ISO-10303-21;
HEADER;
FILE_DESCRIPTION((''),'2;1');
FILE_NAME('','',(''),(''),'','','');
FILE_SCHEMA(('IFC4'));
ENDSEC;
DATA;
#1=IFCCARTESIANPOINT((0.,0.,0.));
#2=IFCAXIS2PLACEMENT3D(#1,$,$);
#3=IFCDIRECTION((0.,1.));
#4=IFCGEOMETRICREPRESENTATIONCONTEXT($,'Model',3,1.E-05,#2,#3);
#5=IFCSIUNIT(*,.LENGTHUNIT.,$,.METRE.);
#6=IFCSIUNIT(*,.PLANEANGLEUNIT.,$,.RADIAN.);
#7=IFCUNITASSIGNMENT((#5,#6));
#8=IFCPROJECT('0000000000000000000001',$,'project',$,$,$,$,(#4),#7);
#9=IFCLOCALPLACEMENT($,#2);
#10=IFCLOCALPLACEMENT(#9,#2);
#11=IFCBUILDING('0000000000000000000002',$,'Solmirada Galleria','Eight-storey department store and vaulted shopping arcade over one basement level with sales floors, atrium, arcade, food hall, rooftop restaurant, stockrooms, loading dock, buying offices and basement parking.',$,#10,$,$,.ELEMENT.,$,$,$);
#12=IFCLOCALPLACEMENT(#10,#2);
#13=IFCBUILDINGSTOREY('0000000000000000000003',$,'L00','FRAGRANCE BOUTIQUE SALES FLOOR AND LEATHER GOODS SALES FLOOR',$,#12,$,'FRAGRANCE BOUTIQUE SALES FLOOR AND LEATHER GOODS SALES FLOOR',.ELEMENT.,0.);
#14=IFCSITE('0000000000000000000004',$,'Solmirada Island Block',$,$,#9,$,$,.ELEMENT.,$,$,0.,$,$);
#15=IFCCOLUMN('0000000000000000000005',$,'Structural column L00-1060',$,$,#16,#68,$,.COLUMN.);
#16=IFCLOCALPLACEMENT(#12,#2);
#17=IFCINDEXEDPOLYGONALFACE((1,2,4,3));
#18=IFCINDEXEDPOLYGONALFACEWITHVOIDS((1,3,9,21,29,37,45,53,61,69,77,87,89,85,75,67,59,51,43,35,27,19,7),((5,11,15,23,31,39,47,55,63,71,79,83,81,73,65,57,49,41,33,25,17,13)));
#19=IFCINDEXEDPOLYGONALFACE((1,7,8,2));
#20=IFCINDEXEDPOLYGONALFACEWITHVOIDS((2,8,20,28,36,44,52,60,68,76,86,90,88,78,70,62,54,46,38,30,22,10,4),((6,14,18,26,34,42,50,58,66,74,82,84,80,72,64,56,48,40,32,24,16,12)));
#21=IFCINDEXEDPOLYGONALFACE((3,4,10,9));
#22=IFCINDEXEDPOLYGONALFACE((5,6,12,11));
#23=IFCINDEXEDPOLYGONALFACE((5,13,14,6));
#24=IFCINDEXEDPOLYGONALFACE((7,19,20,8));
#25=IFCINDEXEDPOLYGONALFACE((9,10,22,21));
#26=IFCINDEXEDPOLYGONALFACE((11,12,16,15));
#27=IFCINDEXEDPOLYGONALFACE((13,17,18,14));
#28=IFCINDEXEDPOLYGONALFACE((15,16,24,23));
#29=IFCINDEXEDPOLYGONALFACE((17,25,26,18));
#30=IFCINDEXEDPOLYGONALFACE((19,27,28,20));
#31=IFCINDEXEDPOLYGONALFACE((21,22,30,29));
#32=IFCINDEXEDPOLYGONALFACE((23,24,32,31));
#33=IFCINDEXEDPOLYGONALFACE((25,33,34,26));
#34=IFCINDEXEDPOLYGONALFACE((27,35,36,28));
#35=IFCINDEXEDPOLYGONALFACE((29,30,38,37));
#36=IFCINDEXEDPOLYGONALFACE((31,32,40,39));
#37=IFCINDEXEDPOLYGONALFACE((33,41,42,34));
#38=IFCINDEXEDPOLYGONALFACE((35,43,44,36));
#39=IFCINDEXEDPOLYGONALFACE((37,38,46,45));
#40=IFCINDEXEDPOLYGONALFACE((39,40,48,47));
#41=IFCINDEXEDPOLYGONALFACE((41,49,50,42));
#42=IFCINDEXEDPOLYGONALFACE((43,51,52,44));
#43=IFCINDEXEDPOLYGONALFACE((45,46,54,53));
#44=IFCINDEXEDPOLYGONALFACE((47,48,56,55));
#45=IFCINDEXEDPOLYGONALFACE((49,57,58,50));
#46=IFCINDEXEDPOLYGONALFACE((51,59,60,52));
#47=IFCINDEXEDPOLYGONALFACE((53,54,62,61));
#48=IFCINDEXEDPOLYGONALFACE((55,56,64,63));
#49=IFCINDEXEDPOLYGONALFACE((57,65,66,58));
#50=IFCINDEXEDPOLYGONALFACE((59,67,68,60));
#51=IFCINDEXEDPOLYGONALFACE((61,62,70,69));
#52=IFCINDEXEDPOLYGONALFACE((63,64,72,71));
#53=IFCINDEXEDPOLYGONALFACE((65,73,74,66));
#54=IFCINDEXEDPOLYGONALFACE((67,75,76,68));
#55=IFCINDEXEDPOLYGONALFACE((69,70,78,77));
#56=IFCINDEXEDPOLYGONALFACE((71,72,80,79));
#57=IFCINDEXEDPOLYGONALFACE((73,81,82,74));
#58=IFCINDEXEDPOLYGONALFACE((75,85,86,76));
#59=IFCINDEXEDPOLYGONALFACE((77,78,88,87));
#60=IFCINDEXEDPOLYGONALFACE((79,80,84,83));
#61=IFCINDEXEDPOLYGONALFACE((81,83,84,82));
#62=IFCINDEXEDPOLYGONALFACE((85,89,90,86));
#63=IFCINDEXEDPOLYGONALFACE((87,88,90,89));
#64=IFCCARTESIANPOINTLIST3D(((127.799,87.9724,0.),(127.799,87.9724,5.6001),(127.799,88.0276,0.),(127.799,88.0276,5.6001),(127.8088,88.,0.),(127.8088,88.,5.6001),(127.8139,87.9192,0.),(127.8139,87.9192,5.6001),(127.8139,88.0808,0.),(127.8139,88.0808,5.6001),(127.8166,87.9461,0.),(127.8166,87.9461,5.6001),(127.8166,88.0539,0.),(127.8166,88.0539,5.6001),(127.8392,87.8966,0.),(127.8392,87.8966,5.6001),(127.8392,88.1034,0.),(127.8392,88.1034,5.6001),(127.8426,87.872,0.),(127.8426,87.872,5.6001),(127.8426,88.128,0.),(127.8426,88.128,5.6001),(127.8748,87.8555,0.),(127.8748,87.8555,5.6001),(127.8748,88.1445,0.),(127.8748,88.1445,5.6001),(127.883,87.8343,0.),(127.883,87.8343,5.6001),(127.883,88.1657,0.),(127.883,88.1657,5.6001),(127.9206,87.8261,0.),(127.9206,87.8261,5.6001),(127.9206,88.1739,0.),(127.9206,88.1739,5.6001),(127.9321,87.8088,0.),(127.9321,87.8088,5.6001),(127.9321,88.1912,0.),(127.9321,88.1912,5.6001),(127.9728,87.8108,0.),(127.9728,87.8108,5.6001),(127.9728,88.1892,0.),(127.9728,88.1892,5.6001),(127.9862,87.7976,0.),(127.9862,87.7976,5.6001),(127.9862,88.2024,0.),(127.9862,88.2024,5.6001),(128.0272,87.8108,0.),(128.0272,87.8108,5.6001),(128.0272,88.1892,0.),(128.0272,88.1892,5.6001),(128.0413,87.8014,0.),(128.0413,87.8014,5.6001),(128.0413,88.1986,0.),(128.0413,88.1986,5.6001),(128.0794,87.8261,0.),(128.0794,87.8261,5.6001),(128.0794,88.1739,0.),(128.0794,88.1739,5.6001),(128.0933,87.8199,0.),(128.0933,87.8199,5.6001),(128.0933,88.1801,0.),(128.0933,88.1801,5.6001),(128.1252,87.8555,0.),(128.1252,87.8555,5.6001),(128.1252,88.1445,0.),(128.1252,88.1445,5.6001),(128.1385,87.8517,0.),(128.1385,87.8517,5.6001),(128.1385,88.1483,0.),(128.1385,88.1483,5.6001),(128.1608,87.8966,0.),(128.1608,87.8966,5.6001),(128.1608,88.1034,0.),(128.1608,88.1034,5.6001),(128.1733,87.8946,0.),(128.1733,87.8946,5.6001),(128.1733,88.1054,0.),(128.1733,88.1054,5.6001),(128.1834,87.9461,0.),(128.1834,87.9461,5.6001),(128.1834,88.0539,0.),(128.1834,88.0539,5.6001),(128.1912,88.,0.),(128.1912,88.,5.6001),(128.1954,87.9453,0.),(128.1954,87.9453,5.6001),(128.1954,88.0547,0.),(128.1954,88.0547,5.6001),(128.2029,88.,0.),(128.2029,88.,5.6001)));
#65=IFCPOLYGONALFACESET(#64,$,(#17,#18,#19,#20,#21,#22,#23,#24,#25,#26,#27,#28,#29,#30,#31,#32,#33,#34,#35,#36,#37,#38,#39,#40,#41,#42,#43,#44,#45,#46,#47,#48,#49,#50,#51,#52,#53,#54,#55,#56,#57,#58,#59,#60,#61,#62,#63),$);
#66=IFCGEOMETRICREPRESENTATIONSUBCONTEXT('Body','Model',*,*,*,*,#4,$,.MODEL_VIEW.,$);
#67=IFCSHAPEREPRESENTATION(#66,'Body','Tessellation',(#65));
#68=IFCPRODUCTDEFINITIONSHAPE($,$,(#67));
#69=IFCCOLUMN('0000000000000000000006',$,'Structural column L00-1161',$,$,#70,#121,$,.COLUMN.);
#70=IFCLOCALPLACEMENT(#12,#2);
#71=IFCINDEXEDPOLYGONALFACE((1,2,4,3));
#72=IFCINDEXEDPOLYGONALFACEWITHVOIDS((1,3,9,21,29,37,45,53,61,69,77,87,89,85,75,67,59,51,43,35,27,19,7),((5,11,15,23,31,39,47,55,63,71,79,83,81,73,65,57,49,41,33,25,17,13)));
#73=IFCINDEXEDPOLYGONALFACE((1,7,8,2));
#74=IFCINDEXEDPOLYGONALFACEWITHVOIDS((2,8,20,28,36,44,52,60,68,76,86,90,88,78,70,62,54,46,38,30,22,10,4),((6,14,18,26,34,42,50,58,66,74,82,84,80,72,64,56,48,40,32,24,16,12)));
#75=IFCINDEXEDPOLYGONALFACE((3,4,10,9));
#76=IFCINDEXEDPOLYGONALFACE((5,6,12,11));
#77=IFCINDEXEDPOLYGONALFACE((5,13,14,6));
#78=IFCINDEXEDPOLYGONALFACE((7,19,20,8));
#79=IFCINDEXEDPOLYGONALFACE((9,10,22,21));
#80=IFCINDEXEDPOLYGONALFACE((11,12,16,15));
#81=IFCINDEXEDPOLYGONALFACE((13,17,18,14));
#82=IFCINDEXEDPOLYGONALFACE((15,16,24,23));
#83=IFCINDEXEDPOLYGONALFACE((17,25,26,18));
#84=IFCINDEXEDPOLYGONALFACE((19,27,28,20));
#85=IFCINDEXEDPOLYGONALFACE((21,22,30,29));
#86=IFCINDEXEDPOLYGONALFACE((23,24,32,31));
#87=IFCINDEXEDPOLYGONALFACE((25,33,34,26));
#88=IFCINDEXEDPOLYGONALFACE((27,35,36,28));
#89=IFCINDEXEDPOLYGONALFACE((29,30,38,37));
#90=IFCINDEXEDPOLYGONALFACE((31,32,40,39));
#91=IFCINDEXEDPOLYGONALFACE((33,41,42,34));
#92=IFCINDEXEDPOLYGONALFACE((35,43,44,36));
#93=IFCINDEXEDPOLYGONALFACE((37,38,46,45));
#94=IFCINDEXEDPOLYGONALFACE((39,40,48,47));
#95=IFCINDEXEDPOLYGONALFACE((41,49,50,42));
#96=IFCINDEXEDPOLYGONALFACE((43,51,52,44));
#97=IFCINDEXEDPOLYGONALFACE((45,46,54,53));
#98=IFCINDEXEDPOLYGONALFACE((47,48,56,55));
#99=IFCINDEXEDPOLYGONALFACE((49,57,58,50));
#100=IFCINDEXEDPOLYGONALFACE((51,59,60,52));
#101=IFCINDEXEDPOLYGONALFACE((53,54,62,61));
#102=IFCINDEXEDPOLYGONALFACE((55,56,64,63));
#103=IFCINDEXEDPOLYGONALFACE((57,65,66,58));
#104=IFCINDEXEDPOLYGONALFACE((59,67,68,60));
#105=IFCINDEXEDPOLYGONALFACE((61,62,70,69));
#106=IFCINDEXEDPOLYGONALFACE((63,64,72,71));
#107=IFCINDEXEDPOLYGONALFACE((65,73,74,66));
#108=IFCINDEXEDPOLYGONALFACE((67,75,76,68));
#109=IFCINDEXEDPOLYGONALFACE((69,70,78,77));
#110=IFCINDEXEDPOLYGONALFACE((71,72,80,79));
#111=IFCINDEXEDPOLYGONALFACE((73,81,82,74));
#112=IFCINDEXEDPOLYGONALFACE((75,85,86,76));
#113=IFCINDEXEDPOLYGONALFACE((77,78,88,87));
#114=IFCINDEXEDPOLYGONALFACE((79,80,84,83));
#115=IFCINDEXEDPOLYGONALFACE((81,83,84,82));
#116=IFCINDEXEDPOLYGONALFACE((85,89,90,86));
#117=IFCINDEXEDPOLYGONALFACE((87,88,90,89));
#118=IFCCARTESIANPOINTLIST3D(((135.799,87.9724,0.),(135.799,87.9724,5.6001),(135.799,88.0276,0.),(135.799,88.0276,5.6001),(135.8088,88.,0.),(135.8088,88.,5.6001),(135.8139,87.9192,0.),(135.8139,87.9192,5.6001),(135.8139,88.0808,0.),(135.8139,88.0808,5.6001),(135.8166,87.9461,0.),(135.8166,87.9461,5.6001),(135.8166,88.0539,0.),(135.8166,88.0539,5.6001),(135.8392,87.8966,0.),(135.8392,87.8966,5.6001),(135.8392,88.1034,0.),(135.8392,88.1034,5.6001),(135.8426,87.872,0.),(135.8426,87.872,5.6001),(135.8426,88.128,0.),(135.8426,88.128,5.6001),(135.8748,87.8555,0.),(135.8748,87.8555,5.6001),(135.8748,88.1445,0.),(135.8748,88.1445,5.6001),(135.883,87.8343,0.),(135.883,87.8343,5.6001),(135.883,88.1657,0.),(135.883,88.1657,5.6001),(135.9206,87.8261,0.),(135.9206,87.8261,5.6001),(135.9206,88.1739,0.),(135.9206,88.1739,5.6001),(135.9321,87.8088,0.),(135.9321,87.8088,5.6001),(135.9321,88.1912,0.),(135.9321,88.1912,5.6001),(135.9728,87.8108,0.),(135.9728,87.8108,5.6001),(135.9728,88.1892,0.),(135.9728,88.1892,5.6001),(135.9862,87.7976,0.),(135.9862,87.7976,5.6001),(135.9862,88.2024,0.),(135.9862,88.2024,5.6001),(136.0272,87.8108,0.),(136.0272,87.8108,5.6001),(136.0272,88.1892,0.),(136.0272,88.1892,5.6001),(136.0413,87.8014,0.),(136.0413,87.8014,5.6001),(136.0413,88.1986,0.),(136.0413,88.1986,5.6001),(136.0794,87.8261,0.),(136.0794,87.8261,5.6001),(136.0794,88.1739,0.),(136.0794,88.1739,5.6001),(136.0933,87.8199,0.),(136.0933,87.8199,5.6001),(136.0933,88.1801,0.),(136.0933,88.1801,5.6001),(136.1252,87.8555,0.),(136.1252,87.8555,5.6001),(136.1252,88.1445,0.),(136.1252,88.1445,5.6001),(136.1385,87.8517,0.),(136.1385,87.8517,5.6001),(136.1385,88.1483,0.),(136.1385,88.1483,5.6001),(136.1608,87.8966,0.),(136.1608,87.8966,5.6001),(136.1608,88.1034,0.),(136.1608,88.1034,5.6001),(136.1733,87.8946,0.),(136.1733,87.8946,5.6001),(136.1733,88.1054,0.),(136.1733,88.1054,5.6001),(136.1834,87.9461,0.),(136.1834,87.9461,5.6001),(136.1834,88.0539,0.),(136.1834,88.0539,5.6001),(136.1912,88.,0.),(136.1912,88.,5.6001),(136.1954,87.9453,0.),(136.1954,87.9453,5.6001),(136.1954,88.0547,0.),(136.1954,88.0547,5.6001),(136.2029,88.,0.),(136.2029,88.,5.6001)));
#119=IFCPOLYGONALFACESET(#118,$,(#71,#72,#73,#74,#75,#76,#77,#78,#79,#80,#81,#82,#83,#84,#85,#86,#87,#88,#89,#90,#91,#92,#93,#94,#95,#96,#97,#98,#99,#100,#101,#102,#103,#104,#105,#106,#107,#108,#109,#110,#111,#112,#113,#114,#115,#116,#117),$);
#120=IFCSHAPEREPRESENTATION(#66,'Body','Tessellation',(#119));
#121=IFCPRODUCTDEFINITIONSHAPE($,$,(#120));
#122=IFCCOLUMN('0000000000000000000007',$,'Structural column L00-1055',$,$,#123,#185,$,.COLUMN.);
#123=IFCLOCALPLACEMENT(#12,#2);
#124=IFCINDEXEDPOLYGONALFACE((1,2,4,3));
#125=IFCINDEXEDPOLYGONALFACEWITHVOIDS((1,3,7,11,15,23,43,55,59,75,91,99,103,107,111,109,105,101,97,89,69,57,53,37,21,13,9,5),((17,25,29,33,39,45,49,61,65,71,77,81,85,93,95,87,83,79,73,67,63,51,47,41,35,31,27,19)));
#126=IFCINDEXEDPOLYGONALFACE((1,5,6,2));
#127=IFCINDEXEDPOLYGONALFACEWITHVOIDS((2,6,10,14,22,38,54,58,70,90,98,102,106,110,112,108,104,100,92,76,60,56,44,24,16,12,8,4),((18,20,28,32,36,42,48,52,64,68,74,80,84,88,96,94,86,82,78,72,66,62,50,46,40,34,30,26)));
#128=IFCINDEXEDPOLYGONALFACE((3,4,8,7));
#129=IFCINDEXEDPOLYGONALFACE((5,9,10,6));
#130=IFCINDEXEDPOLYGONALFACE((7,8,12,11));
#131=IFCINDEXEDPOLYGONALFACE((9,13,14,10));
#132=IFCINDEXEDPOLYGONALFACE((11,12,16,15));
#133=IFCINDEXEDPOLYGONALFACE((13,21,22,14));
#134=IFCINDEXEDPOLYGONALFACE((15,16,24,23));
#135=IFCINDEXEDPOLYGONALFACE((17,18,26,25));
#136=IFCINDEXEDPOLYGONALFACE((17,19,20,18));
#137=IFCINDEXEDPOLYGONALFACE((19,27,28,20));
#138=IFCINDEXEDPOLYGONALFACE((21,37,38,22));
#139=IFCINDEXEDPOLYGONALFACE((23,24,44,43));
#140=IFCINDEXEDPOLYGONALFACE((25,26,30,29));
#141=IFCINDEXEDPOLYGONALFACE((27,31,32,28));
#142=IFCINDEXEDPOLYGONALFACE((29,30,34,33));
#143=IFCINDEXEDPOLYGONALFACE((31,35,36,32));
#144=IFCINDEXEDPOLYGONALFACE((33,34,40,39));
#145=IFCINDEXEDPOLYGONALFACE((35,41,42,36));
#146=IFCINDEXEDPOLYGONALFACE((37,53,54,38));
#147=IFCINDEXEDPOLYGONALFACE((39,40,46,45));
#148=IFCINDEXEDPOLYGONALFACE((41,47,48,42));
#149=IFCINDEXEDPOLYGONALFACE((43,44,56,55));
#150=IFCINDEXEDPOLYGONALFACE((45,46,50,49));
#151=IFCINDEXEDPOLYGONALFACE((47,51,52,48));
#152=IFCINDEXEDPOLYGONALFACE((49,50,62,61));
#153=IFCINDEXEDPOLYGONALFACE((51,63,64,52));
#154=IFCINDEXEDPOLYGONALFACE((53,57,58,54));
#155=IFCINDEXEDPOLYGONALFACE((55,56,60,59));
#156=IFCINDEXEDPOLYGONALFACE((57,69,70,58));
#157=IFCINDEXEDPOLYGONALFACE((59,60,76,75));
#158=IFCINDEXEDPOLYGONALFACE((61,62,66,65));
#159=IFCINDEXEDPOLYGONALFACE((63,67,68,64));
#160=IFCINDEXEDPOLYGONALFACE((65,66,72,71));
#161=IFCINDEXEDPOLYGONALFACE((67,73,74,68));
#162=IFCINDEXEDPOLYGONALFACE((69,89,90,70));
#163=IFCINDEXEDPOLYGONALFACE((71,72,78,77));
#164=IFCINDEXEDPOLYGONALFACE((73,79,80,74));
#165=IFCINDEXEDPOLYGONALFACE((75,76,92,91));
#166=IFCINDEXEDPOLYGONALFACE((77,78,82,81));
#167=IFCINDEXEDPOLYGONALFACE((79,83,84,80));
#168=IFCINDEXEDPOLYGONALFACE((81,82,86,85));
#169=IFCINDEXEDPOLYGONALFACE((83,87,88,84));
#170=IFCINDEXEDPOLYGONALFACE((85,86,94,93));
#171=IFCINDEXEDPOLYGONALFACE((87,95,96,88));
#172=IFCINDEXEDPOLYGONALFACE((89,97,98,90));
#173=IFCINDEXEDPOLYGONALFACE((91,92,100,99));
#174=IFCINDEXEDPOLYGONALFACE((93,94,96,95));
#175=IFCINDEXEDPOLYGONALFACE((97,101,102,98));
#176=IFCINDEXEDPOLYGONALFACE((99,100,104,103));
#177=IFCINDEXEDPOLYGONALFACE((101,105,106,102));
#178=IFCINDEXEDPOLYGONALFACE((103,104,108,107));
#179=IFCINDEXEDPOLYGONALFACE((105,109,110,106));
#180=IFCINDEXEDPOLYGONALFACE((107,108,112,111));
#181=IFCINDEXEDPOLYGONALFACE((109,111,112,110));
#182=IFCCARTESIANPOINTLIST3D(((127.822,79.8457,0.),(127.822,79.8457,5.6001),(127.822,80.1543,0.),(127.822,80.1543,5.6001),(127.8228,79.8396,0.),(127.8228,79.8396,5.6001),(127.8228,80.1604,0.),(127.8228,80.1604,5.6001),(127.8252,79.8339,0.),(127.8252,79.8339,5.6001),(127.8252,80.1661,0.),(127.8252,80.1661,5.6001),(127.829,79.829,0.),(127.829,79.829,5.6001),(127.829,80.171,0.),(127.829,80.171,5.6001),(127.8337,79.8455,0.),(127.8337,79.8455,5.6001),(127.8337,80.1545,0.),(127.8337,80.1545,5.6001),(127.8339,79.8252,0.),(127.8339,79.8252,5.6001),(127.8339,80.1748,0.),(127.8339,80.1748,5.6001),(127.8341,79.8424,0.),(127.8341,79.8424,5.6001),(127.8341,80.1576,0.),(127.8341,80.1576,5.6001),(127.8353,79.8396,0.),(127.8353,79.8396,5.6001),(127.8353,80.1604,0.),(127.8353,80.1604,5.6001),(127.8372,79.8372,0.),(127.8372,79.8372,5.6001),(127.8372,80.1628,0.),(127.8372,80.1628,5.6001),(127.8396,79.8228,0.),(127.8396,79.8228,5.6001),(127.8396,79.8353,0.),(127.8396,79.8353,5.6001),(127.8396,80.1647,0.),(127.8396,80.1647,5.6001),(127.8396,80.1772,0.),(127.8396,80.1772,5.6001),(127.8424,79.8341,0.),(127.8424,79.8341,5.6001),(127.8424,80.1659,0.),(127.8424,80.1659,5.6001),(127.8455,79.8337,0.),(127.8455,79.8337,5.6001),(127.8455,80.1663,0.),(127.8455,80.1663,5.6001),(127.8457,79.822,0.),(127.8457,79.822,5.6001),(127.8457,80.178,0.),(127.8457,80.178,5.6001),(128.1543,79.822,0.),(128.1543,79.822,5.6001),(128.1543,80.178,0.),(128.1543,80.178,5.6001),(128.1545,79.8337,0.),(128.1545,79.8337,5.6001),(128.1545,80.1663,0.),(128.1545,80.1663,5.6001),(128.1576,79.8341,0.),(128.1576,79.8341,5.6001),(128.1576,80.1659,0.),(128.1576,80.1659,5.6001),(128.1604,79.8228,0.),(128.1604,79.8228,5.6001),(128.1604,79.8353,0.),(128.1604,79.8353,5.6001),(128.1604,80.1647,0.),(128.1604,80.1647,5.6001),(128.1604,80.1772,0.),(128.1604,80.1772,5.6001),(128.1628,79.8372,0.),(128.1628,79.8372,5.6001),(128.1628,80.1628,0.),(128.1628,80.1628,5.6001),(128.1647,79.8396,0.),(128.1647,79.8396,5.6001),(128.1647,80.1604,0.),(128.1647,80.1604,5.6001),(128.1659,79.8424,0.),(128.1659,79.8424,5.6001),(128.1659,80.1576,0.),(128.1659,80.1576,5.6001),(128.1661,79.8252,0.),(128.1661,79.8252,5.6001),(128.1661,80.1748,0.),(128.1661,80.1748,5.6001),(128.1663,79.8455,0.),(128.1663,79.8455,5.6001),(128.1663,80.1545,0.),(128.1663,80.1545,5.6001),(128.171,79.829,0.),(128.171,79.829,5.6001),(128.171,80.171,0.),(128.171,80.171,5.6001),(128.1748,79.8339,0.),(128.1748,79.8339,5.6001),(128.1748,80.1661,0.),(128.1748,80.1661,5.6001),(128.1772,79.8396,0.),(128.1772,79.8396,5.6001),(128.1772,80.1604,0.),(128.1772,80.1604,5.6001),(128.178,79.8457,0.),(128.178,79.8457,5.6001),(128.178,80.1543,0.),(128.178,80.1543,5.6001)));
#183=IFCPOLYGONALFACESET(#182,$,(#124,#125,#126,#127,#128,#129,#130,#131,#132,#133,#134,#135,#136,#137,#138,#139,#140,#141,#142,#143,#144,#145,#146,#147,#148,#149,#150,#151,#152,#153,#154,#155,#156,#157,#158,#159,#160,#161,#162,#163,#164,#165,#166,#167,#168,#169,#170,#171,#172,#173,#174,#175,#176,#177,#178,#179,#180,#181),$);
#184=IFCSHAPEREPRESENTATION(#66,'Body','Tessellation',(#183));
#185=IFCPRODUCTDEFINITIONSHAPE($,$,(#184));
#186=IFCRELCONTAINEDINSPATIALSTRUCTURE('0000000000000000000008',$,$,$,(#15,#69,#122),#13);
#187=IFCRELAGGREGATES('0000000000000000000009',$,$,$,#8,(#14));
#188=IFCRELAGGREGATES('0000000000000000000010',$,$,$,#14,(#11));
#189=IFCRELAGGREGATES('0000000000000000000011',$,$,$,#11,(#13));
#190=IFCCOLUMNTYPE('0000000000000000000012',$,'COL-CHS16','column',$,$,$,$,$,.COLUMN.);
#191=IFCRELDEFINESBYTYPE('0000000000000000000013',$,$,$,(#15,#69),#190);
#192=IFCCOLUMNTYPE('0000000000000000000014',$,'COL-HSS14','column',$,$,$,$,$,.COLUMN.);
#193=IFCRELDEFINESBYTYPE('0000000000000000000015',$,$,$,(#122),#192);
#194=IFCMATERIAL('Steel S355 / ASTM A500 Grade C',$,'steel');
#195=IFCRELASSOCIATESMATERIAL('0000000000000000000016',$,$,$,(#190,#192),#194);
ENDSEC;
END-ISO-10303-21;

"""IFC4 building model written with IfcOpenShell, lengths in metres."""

from ifc_helpers import new_model, si_unit, direction, frame, origin, origin_2d, place, context, subcontext, project, spatial, hollow_rectangle, hollow_circle, extrude, material, material_profile, profile_set, type_object, element, save


model = new_model("IFC4")

# Units and contexts
model_context = context("Model", 3, precision=1e-05, world=origin(), true_north=direction((0.0, 1.0)))
body_context = subcontext(model_context, "Body", "Model", "MODEL_VIEW")
ifc_project = project(units=[si_unit("LENGTHUNIT", "METRE"), si_unit("PLANEANGLEUNIT", "RADIAN")], contexts=[model_context])

# Site, building, storey
site_placement = place(None, origin())
site = spatial("IfcSite", under=ifc_project, at=site_placement, Name="Solmirada Island Block", CompositionType="ELEMENT", RefElevation=0.0)
building_placement = place(site_placement, origin())
building = spatial("IfcBuilding", under=site, at=building_placement, Name="Solmirada Galleria", Description="Eight-storey department store and vaulted shopping arcade over one basement level with sales floors, atrium, arcade, food hall, rooftop restaurant, stockrooms, loading dock, buying offices and basement parking.", CompositionType="ELEMENT")
storey_placement = place(building_placement, origin())
storey = spatial("IfcBuildingStorey", under=building, at=storey_placement, Name="L00", Description="FRAGRANCE BOUTIQUE SALES FLOOR AND LEATHER GOODS SALES FLOOR", LongName="FRAGRANCE BOUTIQUE SALES FLOOR AND LEATHER GOODS SALES FLOOR", CompositionType="ELEMENT", Elevation=0.0)

# Columns
ifc_material_1 = material(Name="Steel S355 / ASTM A500 Grade C", Category="steel")
ifc_material_profile_1 = material_profile(ifc_material_1, hollow_circle(Radius=0.2029, WallThickness=0.0117, at=origin_2d()), Name="HSS16.000X0.500")
ifc_profile_set_1 = profile_set([ifc_material_profile_1], Name="Steel S355 / ASTM A500 Grade C")
column_type_1 = type_object("IfcColumnType", Name="COL-CHS16", Description="column", PredefinedType="COLUMN", material=ifc_profile_set_1)
for number, where, z_axis, x_axis, name in (
    (1, (128.0, 88.0, 0.0), (0.0, 0.0, 1.0), (1.0, 0.0, 0.0), "Structural column L00-1060"),
    (2, (136.0, 88.0, 0.0), (0.0, 0.0, 1.0), (1.0, 0.0, 0.0), "Structural column L00-1161"),
):
    element("IfcColumn", number, at=place(storey_placement, frame(where, z_axis=z_axis, x_axis=x_axis)), inside=storey, type_object=column_type_1, Name=name, PredefinedType="COLUMN", context=body_context, shape_type="SweptSolid", body=[
        extrude(hollow_circle(Radius=0.2029, WallThickness=0.0117, at=origin_2d()), origin(), (0.0, 0.0, 1.0), 5.6001),
    ])
ifc_material_profile_2 = material_profile(ifc_material_1, hollow_rectangle(XDim=0.356, YDim=0.356, WallThickness=0.0117, InnerFilletRadius=0.0117, OuterFilletRadius=0.0237, at=origin_2d()), Name="HSS14X14X1/2")
ifc_profile_set_2 = profile_set([ifc_material_profile_2], Name="Steel S355 / ASTM A500 Grade C")
column_type_2 = type_object("IfcColumnType", Name="COL-HSS14", Description="column", PredefinedType="COLUMN", material=ifc_profile_set_2)
for number, where, z_axis, x_axis, name in (
    (3, (128.0, 80.0, 0.0), (0.0, 0.0, 1.0), (1.0, 0.0, 0.0), "Structural column L00-1055"),
):
    element("IfcColumn", number, at=place(storey_placement, frame(where, z_axis=z_axis, x_axis=x_axis)), inside=storey, type_object=column_type_2, Name=name, PredefinedType="COLUMN", context=body_context, shape_type="SweptSolid", body=[
        extrude(hollow_rectangle(XDim=0.356, YDim=0.356, WallThickness=0.0117, InnerFilletRadius=0.0117, OuterFilletRadius=0.0237, at=origin_2d()), origin(), (0.0, 0.0, 1.0), 5.6001),
    ])

save(model, "model.ifc")
